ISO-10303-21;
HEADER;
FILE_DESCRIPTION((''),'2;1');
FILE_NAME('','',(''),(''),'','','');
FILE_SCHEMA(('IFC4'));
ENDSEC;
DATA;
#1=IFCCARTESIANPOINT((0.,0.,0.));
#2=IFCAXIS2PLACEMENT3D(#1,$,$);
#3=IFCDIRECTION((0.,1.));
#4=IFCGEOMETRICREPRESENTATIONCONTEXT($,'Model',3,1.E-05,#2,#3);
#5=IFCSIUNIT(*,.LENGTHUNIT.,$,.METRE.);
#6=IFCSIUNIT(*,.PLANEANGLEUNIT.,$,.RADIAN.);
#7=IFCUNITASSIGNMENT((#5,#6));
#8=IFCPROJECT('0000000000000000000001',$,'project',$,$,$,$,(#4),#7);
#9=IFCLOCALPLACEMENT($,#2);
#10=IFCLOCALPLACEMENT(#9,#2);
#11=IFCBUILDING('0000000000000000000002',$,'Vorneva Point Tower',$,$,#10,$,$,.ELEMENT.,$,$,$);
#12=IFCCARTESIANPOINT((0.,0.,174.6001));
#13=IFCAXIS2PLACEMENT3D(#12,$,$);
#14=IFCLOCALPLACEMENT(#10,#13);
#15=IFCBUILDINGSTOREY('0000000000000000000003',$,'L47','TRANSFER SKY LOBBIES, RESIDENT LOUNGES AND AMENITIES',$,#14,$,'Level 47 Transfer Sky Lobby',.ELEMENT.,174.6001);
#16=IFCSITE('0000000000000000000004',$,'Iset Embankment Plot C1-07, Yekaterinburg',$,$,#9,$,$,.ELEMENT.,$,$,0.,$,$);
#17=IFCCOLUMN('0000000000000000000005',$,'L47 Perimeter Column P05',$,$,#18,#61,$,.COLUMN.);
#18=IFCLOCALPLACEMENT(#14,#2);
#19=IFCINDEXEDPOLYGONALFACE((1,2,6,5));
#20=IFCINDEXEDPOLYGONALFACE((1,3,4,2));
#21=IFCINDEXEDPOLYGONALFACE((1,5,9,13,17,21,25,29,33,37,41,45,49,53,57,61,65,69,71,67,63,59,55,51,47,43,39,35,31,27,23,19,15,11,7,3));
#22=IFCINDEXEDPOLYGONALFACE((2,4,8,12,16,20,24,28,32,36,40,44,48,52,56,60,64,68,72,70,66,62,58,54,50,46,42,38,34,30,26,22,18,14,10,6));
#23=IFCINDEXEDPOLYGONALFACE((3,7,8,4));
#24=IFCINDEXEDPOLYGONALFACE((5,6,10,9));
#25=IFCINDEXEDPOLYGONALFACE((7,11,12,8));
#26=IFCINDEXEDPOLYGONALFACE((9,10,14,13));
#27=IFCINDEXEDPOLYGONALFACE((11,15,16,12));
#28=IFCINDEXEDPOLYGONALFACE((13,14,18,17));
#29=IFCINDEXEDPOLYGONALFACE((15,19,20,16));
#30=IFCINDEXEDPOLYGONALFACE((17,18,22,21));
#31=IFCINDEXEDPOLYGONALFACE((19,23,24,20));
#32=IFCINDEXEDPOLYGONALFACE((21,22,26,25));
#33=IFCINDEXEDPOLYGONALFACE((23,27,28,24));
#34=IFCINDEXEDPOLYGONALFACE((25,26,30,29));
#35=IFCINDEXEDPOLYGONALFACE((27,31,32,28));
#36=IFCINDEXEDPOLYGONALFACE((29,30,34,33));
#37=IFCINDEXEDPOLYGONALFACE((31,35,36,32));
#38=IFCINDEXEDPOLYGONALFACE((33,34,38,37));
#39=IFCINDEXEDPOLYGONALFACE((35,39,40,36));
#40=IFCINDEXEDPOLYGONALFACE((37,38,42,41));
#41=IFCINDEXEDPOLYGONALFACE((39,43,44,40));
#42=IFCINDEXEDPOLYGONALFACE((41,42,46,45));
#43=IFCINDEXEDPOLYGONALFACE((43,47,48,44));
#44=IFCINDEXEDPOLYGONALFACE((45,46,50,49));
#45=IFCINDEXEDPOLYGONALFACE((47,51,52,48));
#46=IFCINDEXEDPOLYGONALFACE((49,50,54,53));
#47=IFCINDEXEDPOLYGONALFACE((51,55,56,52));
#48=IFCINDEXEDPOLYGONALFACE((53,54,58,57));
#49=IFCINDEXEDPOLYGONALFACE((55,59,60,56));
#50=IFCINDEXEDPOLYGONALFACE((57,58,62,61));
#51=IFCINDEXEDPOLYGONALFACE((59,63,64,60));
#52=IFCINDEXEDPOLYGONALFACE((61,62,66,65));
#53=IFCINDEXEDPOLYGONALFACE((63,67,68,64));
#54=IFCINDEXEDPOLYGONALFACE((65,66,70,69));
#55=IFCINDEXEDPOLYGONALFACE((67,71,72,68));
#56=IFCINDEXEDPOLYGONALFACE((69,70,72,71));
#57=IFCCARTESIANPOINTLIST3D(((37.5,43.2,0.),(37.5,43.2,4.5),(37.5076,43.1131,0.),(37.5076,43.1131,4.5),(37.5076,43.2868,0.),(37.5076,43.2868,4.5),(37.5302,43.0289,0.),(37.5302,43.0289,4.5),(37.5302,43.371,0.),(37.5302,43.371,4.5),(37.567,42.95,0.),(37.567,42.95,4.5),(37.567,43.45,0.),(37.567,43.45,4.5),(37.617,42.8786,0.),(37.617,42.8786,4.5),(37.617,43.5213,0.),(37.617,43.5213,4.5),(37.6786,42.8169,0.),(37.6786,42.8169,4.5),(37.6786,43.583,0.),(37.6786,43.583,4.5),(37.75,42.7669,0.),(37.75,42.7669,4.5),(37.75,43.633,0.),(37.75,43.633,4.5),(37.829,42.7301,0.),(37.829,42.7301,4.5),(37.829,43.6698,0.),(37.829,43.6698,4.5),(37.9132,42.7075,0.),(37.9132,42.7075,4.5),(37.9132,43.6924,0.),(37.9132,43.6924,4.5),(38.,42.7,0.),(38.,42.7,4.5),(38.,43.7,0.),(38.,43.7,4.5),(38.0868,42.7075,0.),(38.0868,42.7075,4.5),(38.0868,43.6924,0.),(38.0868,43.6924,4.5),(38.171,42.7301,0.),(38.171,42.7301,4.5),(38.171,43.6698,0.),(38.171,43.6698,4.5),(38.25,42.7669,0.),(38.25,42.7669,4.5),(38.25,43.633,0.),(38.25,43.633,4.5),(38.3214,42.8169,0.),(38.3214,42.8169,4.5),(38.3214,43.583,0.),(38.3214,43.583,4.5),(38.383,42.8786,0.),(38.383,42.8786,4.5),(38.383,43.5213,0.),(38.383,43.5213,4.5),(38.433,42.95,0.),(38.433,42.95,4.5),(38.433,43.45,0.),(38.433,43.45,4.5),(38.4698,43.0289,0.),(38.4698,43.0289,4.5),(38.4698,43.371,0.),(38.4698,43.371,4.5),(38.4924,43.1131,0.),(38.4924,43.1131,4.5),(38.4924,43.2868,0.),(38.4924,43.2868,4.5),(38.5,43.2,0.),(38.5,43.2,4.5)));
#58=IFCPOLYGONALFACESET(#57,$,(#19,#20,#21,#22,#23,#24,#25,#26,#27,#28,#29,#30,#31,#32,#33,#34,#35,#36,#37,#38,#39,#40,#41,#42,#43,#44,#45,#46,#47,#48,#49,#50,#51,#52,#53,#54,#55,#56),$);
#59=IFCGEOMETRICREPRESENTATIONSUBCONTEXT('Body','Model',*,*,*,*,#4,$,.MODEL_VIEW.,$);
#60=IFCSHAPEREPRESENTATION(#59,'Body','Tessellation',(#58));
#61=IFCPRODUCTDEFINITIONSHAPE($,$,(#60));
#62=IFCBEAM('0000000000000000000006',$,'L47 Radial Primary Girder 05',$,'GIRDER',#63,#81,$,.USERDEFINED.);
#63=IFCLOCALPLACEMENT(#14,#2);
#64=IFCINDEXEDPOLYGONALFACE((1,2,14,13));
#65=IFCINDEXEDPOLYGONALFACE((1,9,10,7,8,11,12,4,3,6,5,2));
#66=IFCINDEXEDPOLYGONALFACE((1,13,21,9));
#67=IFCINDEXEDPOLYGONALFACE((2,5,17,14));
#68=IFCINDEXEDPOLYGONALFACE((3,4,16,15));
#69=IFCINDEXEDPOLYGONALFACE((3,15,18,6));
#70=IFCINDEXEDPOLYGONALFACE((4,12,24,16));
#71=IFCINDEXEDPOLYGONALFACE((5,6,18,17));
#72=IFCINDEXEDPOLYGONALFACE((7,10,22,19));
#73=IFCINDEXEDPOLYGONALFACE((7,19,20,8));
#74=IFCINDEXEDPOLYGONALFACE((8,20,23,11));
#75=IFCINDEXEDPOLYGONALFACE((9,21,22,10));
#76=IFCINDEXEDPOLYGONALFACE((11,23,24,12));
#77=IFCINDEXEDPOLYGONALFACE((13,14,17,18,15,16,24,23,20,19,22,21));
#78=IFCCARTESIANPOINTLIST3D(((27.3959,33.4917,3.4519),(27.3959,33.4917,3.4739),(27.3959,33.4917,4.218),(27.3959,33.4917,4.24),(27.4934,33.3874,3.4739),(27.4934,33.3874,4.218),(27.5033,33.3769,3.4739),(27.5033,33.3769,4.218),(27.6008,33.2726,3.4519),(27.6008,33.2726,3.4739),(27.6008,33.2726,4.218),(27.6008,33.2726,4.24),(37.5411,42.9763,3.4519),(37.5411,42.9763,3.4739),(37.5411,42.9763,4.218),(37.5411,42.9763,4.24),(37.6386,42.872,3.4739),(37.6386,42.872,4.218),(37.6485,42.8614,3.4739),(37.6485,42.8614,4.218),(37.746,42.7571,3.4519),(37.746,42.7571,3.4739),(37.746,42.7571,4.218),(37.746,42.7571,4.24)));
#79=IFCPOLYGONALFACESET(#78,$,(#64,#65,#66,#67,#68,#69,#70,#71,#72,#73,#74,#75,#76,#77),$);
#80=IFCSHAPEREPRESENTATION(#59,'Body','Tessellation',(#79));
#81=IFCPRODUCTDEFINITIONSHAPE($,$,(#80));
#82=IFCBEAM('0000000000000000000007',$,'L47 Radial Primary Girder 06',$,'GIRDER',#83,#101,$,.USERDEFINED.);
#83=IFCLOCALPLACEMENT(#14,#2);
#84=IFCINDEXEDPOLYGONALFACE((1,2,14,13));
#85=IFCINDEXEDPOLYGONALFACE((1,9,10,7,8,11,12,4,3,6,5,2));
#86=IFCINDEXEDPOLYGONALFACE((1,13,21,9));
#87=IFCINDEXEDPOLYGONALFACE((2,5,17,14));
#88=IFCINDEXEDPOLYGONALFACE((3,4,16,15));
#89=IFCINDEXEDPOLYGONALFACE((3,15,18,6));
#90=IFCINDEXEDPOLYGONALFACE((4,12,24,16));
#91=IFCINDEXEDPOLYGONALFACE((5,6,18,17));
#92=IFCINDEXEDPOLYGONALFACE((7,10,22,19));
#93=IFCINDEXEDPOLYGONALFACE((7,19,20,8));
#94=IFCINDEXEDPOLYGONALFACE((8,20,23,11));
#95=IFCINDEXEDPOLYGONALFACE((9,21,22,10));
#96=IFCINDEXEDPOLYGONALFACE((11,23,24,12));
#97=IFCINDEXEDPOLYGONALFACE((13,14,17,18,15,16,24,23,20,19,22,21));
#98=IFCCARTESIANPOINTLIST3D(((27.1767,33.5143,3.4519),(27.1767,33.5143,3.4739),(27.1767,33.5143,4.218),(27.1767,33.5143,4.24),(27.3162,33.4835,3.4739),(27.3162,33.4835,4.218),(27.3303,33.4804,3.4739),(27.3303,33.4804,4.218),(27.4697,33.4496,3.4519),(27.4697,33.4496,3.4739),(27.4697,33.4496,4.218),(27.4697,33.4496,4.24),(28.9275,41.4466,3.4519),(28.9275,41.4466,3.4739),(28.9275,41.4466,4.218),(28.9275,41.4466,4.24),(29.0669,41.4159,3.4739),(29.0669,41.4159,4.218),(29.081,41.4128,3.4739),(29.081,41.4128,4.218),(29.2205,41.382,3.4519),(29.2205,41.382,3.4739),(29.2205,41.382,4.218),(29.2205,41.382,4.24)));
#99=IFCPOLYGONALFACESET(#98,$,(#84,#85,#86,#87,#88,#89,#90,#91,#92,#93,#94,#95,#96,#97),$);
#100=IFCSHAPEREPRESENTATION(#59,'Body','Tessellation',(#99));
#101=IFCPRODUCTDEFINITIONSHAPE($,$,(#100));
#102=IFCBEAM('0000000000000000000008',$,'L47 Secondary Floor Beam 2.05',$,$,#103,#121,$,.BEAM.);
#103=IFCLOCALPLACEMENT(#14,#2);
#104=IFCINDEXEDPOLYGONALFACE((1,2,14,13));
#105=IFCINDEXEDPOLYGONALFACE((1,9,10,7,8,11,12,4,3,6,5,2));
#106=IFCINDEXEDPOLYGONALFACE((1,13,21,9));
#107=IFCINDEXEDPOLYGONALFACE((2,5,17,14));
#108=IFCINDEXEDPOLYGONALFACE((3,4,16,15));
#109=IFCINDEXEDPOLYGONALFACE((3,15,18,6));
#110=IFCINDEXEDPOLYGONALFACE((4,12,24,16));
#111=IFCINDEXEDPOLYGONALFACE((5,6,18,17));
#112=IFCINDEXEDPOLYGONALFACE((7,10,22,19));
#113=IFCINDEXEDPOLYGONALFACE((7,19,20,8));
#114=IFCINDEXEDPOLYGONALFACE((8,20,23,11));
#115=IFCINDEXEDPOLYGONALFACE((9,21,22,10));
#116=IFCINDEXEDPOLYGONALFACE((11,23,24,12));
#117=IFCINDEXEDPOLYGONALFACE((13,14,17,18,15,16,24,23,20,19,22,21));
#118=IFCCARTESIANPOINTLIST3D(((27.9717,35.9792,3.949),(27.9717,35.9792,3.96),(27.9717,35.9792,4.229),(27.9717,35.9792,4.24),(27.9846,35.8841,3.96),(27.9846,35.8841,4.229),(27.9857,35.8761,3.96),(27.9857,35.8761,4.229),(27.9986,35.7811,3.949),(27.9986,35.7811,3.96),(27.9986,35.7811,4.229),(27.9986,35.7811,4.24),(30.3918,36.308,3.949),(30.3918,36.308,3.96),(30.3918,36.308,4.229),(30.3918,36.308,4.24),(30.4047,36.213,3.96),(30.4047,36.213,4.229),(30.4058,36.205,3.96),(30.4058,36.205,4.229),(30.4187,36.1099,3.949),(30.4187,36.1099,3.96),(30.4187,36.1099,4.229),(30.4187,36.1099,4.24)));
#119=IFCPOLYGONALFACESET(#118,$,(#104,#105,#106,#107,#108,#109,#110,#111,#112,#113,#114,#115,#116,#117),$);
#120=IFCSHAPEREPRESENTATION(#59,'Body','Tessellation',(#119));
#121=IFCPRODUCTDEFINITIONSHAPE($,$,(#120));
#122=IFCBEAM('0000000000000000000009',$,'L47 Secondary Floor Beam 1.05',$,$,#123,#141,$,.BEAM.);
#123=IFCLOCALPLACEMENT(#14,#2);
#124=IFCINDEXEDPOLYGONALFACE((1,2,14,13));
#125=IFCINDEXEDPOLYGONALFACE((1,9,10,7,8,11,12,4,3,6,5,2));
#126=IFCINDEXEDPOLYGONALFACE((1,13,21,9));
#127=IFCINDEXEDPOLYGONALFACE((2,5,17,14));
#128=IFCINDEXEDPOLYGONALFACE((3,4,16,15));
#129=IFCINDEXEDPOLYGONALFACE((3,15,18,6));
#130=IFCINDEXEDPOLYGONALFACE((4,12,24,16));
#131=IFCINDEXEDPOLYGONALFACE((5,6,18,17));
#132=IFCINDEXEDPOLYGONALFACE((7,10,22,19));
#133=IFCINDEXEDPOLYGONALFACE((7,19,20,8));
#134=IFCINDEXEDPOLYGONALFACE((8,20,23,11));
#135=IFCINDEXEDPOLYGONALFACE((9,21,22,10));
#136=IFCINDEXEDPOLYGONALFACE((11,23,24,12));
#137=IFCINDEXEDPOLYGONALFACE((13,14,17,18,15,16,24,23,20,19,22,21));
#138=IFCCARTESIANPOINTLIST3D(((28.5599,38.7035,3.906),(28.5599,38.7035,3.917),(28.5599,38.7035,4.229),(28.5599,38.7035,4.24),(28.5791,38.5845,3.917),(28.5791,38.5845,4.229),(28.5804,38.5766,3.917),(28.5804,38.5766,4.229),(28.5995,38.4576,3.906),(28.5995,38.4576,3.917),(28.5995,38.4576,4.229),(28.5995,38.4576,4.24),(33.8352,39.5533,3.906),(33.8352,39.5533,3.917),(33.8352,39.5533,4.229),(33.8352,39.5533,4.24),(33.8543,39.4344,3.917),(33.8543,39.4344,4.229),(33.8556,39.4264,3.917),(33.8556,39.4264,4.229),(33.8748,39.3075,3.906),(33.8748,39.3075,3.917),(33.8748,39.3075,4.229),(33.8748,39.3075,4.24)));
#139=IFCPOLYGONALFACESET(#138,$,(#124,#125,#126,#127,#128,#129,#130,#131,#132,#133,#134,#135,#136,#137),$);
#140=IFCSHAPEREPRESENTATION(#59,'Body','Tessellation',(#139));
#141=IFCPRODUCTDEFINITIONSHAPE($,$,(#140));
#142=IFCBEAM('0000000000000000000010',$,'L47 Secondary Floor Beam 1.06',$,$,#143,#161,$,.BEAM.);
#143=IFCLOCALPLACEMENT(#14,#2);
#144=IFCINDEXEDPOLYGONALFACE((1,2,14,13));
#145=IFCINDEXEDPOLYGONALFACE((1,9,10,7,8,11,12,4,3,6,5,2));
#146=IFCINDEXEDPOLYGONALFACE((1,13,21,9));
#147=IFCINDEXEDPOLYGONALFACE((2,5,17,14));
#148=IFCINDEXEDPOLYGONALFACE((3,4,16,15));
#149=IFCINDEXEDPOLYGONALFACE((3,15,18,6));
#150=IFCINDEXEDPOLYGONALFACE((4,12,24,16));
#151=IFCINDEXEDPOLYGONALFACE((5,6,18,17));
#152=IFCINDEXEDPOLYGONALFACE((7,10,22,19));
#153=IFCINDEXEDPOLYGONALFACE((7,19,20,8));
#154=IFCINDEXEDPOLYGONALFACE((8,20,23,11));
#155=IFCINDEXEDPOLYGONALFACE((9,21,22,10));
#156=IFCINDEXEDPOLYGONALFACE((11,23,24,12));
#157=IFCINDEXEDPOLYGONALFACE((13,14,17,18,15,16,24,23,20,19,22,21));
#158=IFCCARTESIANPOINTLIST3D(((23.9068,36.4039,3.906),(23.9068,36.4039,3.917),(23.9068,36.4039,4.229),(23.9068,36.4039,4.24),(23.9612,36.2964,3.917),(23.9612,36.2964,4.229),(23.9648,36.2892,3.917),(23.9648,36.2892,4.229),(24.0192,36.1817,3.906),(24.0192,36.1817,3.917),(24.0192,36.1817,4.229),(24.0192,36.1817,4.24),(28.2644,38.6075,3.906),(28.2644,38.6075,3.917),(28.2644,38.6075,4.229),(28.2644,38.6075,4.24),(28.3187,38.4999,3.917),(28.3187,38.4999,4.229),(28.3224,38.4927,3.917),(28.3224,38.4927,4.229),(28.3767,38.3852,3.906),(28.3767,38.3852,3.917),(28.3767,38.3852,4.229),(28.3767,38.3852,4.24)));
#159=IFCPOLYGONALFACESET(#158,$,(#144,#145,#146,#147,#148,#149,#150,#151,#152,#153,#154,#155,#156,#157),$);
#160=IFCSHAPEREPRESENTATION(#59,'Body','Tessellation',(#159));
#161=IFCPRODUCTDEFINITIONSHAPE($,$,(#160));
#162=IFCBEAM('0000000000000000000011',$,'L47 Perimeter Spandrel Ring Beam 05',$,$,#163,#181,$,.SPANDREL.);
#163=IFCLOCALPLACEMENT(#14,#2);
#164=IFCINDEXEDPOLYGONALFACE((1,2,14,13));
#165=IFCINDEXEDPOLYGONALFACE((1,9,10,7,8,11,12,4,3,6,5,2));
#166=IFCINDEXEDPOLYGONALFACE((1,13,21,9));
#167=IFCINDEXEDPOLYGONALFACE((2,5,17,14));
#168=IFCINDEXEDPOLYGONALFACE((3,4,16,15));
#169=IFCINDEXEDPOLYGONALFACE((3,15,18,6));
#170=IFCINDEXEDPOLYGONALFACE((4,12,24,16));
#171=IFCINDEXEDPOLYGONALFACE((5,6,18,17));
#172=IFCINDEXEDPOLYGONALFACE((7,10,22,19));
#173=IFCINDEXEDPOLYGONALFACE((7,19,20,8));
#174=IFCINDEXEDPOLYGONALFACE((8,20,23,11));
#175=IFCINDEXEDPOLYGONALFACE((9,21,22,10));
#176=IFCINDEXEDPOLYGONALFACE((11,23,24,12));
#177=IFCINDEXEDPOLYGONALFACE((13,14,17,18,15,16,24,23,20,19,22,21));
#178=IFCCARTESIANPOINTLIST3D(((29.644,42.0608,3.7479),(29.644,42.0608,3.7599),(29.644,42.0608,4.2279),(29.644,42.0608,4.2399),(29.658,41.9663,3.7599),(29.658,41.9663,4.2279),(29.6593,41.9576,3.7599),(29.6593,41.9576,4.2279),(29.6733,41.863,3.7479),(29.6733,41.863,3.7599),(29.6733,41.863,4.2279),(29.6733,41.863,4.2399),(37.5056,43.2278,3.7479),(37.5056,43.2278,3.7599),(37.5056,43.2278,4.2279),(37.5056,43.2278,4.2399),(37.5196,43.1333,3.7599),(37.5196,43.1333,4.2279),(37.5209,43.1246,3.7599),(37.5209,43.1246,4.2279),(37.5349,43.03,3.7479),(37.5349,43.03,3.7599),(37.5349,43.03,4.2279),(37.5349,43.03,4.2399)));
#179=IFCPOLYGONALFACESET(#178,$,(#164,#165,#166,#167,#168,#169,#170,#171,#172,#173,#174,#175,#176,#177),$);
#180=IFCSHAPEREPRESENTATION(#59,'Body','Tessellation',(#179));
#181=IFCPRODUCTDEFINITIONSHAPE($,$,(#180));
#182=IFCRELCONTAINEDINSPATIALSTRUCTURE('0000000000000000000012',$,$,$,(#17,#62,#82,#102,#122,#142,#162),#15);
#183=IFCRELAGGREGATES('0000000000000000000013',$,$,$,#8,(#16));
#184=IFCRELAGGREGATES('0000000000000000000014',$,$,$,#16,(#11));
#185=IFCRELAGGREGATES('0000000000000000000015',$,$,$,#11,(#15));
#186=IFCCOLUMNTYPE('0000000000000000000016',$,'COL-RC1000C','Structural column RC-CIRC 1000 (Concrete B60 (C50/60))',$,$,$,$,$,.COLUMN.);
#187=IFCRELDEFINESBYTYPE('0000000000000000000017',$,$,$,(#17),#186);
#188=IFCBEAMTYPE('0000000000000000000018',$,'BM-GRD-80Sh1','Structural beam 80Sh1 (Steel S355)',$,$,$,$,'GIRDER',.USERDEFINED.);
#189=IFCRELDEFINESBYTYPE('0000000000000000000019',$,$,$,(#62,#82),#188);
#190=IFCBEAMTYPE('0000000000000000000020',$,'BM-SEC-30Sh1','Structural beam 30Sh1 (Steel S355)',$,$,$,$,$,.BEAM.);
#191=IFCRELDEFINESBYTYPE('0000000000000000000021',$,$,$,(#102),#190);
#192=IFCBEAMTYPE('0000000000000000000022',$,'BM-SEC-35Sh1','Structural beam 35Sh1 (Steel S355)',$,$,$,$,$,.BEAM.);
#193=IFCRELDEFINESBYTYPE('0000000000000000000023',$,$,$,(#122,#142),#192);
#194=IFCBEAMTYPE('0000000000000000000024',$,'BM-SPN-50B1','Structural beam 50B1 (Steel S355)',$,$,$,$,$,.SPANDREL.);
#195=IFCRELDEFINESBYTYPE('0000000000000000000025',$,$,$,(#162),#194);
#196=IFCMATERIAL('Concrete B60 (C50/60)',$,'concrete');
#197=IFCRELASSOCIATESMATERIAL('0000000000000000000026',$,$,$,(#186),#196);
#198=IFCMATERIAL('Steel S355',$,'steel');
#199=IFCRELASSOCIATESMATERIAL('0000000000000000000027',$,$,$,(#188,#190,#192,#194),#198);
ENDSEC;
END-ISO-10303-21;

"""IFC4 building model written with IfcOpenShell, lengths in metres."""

from ifc_helpers import new_model, si_unit, direction, frame, origin, origin_2d, place, context, subcontext, project, spatial, circle, i_section, extrude, material, material_profile, profile_set, type_object, element, save


model = new_model("IFC4")

# Units and contexts
model_context = context("Model", 3, precision=1e-05, world=origin(), true_north=direction((0.0, 1.0)))
body_context = subcontext(model_context, "Body", "Model", "MODEL_VIEW")
ifc_project = project(units=[si_unit("LENGTHUNIT", "METRE"), si_unit("PLANEANGLEUNIT", "RADIAN")], contexts=[model_context])

# Site, building, storey
site_placement = place(None, origin())
site = spatial("IfcSite", under=ifc_project, at=site_placement, Name="Iset Embankment Plot C1-07, Yekaterinburg", CompositionType="ELEMENT", RefElevation=0.0)
building_placement = place(site_placement, origin())
building = spatial("IfcBuilding", under=site, at=building_placement, Name="Vorneva Point Tower", CompositionType="ELEMENT")
storey_placement = place(building_placement, frame((0.0, 0.0, 174.6001)))
storey = spatial("IfcBuildingStorey", under=building, at=storey_placement, Name="L47", Description="TRANSFER SKY LOBBIES, RESIDENT LOUNGES AND AMENITIES", LongName="Level 47 Transfer Sky Lobby", CompositionType="ELEMENT", Elevation=174.6001)

# Column
ifc_material_1 = material(Name="Concrete B60 (C50/60)", Category="concrete")
ifc_material_profile_1 = material_profile(ifc_material_1, circle(Radius=0.5, at=origin_2d()), Name="RC-CIRC 1000")
ifc_profile_set_1 = profile_set([ifc_material_profile_1], Name="Concrete B60 (C50/60)")
column_type = type_object("IfcColumnType", Name="COL-RC1000C", Description="Structural column RC-CIRC 1000 (Concrete B60 (C50/60))", PredefinedType="COLUMN", material=ifc_profile_set_1)
for number, where, z_axis, x_axis, name in (
    (1, (38.0, 43.2, 0.0), (0.0, 0.0, 1.0), (0.0, 1.0, 0.0), "L47 Perimeter Column P05"),
):
    element("IfcColumn", number, at=place(storey_placement, frame(where, z_axis=z_axis, x_axis=x_axis)), inside=storey, type_object=column_type, Name=name, PredefinedType="COLUMN", context=body_context, shape_type="SweptSolid", body=[
        extrude(circle(Radius=0.5, at=origin_2d()), origin(), (0.0, 0.0, 1.0), 4.5),
    ])

# Beams
ifc_material_2 = material(Name="Steel S355", Category="steel")
ifc_material_profile_2 = material_profile(ifc_material_2, i_section(OverallWidth=0.3, OverallDepth=0.7881, WebThickness=0.0144, FlangeThickness=0.022, at=origin_2d()), Name="80Sh1")
ifc_profile_set_2 = profile_set([ifc_material_profile_2], Name="Steel S355")
beam_type_1 = type_object("IfcBeamType", Name="BM-GRD-80Sh1", Description="Structural beam 80Sh1 (Steel S355)", ElementType="GIRDER", PredefinedType="USERDEFINED", material=ifc_profile_set_2)
beam_1_placement = place(storey_placement, frame((37.6436, 42.8667, 3.8459), z_axis=(-0.730491, -0.682922, 0.0), x_axis=(0.682922, -0.730491, 0.0)))
element("IfcBeam", 2, at=beam_1_placement, inside=storey, type_object=beam_type_1, Name="L47 Radial Primary Girder 05", ObjectType="GIRDER", PredefinedType="USERDEFINED", context=body_context, shape_type="SweptSolid", body=[
    extrude(i_section(OverallWidth=0.3, OverallDepth=0.7881, WebThickness=0.0144, FlangeThickness=0.022, at=origin_2d()), origin(), (0.0, 0.0, 1.0), 13.8882),
])
beam_2_placement = place(storey_placement, frame((29.074, 41.4143, 3.8459), z_axis=(-0.215521, -0.976499, 0.0), x_axis=(0.976499, -0.215521, 0.0)))
element("IfcBeam", 3, at=beam_2_placement, inside=storey, type_object=beam_type_1, Name="L47 Radial Primary Girder 06", ObjectType="GIRDER", PredefinedType="USERDEFINED", context=body_context, shape_type="SweptSolid", body=[
    extrude(i_section(OverallWidth=0.3, OverallDepth=0.7881, WebThickness=0.0144, FlangeThickness=0.022, at=origin_2d()), origin(), (0.0, 0.0, 1.0), 8.1233),
])
ifc_material_profile_3 = material_profile(ifc_material_2, i_section(OverallWidth=0.2, OverallDepth=0.291, WebThickness=0.0081, FlangeThickness=0.011, at=origin_2d()), Name="30Sh1")
ifc_profile_set_3 = profile_set([ifc_material_profile_3], Name="Steel S355")
beam_type_2 = type_object("IfcBeamType", Name="BM-SEC-30Sh1", Description="Structural beam 30Sh1 (Steel S355)", PredefinedType="BEAM", material=ifc_profile_set_3)
beam_3_placement = place(storey_placement, frame((30.4053, 36.209, 4.0945), z_axis=(-0.990894, -0.134645, 0.0), x_axis=(0.134645, -0.990894, 0.0)))
element("IfcBeam", 4, at=beam_3_placement, inside=storey, type_object=beam_type_2, Name="L47 Secondary Floor Beam 2.05", PredefinedType="BEAM", context=body_context, shape_type="SweptSolid", body=[
    extrude(i_section(OverallWidth=0.2, OverallDepth=0.291, WebThickness=0.0081, FlangeThickness=0.011, at=origin_2d()), origin(), (0.0, 0.0, 1.0), 2.4424),
])
ifc_material_profile_4 = material_profile(ifc_material_2, i_section(OverallWidth=0.249, OverallDepth=0.334, WebThickness=0.0081, FlangeThickness=0.011, at=origin_2d()), Name="35Sh1")
ifc_profile_set_4 = profile_set([ifc_material_profile_4], Name="Steel S355")
beam_type_3 = type_object("IfcBeamType", Name="BM-SEC-35Sh1", Description="Structural beam 35Sh1 (Steel S355)", PredefinedType="BEAM", material=ifc_profile_set_4)
beam_4_placement = place(storey_placement, frame((33.855, 39.4304, 4.073), z_axis=(-0.98727, -0.159054, 0.0), x_axis=(0.159054, -0.98727, 0.0)))
element("IfcBeam", 5, at=beam_4_placement, inside=storey, type_object=beam_type_3, Name="L47 Secondary Floor Beam 1.05", PredefinedType="BEAM", context=body_context, shape_type="SweptSolid", body=[
    extrude(i_section(OverallWidth=0.249, OverallDepth=0.334, WebThickness=0.0081, FlangeThickness=0.011, at=origin_2d()), origin(), (0.0, 0.0, 1.0), 5.3433),
])
beam_5_placement = place(storey_placement, frame((28.3206, 38.4963, 4.073), z_axis=(-0.892388, -0.451269, 0.0), x_axis=(0.451269, -0.892388, 0.0)))
element("IfcBeam", 6, at=beam_5_placement, inside=storey, type_object=beam_type_3, Name="L47 Secondary Floor Beam 1.06", PredefinedType="BEAM", context=body_context, shape_type="SweptSolid", body=[
    extrude(i_section(OverallWidth=0.249, OverallDepth=0.334, WebThickness=0.0081, FlangeThickness=0.011, at=origin_2d()), origin(), (0.0, 0.0, 1.0), 4.8831),
])
ifc_material_profile_5 = material_profile(ifc_material_2, i_section(OverallWidth=0.2, OverallDepth=0.4919, WebThickness=0.0088, FlangeThickness=0.012, at=origin_2d()), Name="50B1")
ifc_profile_set_5 = profile_set([ifc_material_profile_5], Name="Steel S355")
beam_type_4 = type_object("IfcBeamType", Name="BM-SPN-50B1", Description="Structural beam 50B1 (Steel S355)", PredefinedType="SPANDREL", material=ifc_profile_set_5)
beam_6_placement = place(storey_placement, frame((37.5203, 43.1289, 3.9939), z_axis=(-0.989161, -0.146834, 0.0), x_axis=(0.146834, -0.989161, 0.0)))
element("IfcBeam", 7, at=beam_6_placement, inside=storey, type_object=beam_type_4, Name="L47 Perimeter Spandrel Ring Beam 05", PredefinedType="SPANDREL", context=body_context, shape_type="SweptSolid", body=[
    extrude(i_section(OverallWidth=0.2, OverallDepth=0.4919, WebThickness=0.0088, FlangeThickness=0.012, at=origin_2d()), origin(), (0.0, 0.0, 1.0), 7.9478),
])

save(model, "model.ifc")
